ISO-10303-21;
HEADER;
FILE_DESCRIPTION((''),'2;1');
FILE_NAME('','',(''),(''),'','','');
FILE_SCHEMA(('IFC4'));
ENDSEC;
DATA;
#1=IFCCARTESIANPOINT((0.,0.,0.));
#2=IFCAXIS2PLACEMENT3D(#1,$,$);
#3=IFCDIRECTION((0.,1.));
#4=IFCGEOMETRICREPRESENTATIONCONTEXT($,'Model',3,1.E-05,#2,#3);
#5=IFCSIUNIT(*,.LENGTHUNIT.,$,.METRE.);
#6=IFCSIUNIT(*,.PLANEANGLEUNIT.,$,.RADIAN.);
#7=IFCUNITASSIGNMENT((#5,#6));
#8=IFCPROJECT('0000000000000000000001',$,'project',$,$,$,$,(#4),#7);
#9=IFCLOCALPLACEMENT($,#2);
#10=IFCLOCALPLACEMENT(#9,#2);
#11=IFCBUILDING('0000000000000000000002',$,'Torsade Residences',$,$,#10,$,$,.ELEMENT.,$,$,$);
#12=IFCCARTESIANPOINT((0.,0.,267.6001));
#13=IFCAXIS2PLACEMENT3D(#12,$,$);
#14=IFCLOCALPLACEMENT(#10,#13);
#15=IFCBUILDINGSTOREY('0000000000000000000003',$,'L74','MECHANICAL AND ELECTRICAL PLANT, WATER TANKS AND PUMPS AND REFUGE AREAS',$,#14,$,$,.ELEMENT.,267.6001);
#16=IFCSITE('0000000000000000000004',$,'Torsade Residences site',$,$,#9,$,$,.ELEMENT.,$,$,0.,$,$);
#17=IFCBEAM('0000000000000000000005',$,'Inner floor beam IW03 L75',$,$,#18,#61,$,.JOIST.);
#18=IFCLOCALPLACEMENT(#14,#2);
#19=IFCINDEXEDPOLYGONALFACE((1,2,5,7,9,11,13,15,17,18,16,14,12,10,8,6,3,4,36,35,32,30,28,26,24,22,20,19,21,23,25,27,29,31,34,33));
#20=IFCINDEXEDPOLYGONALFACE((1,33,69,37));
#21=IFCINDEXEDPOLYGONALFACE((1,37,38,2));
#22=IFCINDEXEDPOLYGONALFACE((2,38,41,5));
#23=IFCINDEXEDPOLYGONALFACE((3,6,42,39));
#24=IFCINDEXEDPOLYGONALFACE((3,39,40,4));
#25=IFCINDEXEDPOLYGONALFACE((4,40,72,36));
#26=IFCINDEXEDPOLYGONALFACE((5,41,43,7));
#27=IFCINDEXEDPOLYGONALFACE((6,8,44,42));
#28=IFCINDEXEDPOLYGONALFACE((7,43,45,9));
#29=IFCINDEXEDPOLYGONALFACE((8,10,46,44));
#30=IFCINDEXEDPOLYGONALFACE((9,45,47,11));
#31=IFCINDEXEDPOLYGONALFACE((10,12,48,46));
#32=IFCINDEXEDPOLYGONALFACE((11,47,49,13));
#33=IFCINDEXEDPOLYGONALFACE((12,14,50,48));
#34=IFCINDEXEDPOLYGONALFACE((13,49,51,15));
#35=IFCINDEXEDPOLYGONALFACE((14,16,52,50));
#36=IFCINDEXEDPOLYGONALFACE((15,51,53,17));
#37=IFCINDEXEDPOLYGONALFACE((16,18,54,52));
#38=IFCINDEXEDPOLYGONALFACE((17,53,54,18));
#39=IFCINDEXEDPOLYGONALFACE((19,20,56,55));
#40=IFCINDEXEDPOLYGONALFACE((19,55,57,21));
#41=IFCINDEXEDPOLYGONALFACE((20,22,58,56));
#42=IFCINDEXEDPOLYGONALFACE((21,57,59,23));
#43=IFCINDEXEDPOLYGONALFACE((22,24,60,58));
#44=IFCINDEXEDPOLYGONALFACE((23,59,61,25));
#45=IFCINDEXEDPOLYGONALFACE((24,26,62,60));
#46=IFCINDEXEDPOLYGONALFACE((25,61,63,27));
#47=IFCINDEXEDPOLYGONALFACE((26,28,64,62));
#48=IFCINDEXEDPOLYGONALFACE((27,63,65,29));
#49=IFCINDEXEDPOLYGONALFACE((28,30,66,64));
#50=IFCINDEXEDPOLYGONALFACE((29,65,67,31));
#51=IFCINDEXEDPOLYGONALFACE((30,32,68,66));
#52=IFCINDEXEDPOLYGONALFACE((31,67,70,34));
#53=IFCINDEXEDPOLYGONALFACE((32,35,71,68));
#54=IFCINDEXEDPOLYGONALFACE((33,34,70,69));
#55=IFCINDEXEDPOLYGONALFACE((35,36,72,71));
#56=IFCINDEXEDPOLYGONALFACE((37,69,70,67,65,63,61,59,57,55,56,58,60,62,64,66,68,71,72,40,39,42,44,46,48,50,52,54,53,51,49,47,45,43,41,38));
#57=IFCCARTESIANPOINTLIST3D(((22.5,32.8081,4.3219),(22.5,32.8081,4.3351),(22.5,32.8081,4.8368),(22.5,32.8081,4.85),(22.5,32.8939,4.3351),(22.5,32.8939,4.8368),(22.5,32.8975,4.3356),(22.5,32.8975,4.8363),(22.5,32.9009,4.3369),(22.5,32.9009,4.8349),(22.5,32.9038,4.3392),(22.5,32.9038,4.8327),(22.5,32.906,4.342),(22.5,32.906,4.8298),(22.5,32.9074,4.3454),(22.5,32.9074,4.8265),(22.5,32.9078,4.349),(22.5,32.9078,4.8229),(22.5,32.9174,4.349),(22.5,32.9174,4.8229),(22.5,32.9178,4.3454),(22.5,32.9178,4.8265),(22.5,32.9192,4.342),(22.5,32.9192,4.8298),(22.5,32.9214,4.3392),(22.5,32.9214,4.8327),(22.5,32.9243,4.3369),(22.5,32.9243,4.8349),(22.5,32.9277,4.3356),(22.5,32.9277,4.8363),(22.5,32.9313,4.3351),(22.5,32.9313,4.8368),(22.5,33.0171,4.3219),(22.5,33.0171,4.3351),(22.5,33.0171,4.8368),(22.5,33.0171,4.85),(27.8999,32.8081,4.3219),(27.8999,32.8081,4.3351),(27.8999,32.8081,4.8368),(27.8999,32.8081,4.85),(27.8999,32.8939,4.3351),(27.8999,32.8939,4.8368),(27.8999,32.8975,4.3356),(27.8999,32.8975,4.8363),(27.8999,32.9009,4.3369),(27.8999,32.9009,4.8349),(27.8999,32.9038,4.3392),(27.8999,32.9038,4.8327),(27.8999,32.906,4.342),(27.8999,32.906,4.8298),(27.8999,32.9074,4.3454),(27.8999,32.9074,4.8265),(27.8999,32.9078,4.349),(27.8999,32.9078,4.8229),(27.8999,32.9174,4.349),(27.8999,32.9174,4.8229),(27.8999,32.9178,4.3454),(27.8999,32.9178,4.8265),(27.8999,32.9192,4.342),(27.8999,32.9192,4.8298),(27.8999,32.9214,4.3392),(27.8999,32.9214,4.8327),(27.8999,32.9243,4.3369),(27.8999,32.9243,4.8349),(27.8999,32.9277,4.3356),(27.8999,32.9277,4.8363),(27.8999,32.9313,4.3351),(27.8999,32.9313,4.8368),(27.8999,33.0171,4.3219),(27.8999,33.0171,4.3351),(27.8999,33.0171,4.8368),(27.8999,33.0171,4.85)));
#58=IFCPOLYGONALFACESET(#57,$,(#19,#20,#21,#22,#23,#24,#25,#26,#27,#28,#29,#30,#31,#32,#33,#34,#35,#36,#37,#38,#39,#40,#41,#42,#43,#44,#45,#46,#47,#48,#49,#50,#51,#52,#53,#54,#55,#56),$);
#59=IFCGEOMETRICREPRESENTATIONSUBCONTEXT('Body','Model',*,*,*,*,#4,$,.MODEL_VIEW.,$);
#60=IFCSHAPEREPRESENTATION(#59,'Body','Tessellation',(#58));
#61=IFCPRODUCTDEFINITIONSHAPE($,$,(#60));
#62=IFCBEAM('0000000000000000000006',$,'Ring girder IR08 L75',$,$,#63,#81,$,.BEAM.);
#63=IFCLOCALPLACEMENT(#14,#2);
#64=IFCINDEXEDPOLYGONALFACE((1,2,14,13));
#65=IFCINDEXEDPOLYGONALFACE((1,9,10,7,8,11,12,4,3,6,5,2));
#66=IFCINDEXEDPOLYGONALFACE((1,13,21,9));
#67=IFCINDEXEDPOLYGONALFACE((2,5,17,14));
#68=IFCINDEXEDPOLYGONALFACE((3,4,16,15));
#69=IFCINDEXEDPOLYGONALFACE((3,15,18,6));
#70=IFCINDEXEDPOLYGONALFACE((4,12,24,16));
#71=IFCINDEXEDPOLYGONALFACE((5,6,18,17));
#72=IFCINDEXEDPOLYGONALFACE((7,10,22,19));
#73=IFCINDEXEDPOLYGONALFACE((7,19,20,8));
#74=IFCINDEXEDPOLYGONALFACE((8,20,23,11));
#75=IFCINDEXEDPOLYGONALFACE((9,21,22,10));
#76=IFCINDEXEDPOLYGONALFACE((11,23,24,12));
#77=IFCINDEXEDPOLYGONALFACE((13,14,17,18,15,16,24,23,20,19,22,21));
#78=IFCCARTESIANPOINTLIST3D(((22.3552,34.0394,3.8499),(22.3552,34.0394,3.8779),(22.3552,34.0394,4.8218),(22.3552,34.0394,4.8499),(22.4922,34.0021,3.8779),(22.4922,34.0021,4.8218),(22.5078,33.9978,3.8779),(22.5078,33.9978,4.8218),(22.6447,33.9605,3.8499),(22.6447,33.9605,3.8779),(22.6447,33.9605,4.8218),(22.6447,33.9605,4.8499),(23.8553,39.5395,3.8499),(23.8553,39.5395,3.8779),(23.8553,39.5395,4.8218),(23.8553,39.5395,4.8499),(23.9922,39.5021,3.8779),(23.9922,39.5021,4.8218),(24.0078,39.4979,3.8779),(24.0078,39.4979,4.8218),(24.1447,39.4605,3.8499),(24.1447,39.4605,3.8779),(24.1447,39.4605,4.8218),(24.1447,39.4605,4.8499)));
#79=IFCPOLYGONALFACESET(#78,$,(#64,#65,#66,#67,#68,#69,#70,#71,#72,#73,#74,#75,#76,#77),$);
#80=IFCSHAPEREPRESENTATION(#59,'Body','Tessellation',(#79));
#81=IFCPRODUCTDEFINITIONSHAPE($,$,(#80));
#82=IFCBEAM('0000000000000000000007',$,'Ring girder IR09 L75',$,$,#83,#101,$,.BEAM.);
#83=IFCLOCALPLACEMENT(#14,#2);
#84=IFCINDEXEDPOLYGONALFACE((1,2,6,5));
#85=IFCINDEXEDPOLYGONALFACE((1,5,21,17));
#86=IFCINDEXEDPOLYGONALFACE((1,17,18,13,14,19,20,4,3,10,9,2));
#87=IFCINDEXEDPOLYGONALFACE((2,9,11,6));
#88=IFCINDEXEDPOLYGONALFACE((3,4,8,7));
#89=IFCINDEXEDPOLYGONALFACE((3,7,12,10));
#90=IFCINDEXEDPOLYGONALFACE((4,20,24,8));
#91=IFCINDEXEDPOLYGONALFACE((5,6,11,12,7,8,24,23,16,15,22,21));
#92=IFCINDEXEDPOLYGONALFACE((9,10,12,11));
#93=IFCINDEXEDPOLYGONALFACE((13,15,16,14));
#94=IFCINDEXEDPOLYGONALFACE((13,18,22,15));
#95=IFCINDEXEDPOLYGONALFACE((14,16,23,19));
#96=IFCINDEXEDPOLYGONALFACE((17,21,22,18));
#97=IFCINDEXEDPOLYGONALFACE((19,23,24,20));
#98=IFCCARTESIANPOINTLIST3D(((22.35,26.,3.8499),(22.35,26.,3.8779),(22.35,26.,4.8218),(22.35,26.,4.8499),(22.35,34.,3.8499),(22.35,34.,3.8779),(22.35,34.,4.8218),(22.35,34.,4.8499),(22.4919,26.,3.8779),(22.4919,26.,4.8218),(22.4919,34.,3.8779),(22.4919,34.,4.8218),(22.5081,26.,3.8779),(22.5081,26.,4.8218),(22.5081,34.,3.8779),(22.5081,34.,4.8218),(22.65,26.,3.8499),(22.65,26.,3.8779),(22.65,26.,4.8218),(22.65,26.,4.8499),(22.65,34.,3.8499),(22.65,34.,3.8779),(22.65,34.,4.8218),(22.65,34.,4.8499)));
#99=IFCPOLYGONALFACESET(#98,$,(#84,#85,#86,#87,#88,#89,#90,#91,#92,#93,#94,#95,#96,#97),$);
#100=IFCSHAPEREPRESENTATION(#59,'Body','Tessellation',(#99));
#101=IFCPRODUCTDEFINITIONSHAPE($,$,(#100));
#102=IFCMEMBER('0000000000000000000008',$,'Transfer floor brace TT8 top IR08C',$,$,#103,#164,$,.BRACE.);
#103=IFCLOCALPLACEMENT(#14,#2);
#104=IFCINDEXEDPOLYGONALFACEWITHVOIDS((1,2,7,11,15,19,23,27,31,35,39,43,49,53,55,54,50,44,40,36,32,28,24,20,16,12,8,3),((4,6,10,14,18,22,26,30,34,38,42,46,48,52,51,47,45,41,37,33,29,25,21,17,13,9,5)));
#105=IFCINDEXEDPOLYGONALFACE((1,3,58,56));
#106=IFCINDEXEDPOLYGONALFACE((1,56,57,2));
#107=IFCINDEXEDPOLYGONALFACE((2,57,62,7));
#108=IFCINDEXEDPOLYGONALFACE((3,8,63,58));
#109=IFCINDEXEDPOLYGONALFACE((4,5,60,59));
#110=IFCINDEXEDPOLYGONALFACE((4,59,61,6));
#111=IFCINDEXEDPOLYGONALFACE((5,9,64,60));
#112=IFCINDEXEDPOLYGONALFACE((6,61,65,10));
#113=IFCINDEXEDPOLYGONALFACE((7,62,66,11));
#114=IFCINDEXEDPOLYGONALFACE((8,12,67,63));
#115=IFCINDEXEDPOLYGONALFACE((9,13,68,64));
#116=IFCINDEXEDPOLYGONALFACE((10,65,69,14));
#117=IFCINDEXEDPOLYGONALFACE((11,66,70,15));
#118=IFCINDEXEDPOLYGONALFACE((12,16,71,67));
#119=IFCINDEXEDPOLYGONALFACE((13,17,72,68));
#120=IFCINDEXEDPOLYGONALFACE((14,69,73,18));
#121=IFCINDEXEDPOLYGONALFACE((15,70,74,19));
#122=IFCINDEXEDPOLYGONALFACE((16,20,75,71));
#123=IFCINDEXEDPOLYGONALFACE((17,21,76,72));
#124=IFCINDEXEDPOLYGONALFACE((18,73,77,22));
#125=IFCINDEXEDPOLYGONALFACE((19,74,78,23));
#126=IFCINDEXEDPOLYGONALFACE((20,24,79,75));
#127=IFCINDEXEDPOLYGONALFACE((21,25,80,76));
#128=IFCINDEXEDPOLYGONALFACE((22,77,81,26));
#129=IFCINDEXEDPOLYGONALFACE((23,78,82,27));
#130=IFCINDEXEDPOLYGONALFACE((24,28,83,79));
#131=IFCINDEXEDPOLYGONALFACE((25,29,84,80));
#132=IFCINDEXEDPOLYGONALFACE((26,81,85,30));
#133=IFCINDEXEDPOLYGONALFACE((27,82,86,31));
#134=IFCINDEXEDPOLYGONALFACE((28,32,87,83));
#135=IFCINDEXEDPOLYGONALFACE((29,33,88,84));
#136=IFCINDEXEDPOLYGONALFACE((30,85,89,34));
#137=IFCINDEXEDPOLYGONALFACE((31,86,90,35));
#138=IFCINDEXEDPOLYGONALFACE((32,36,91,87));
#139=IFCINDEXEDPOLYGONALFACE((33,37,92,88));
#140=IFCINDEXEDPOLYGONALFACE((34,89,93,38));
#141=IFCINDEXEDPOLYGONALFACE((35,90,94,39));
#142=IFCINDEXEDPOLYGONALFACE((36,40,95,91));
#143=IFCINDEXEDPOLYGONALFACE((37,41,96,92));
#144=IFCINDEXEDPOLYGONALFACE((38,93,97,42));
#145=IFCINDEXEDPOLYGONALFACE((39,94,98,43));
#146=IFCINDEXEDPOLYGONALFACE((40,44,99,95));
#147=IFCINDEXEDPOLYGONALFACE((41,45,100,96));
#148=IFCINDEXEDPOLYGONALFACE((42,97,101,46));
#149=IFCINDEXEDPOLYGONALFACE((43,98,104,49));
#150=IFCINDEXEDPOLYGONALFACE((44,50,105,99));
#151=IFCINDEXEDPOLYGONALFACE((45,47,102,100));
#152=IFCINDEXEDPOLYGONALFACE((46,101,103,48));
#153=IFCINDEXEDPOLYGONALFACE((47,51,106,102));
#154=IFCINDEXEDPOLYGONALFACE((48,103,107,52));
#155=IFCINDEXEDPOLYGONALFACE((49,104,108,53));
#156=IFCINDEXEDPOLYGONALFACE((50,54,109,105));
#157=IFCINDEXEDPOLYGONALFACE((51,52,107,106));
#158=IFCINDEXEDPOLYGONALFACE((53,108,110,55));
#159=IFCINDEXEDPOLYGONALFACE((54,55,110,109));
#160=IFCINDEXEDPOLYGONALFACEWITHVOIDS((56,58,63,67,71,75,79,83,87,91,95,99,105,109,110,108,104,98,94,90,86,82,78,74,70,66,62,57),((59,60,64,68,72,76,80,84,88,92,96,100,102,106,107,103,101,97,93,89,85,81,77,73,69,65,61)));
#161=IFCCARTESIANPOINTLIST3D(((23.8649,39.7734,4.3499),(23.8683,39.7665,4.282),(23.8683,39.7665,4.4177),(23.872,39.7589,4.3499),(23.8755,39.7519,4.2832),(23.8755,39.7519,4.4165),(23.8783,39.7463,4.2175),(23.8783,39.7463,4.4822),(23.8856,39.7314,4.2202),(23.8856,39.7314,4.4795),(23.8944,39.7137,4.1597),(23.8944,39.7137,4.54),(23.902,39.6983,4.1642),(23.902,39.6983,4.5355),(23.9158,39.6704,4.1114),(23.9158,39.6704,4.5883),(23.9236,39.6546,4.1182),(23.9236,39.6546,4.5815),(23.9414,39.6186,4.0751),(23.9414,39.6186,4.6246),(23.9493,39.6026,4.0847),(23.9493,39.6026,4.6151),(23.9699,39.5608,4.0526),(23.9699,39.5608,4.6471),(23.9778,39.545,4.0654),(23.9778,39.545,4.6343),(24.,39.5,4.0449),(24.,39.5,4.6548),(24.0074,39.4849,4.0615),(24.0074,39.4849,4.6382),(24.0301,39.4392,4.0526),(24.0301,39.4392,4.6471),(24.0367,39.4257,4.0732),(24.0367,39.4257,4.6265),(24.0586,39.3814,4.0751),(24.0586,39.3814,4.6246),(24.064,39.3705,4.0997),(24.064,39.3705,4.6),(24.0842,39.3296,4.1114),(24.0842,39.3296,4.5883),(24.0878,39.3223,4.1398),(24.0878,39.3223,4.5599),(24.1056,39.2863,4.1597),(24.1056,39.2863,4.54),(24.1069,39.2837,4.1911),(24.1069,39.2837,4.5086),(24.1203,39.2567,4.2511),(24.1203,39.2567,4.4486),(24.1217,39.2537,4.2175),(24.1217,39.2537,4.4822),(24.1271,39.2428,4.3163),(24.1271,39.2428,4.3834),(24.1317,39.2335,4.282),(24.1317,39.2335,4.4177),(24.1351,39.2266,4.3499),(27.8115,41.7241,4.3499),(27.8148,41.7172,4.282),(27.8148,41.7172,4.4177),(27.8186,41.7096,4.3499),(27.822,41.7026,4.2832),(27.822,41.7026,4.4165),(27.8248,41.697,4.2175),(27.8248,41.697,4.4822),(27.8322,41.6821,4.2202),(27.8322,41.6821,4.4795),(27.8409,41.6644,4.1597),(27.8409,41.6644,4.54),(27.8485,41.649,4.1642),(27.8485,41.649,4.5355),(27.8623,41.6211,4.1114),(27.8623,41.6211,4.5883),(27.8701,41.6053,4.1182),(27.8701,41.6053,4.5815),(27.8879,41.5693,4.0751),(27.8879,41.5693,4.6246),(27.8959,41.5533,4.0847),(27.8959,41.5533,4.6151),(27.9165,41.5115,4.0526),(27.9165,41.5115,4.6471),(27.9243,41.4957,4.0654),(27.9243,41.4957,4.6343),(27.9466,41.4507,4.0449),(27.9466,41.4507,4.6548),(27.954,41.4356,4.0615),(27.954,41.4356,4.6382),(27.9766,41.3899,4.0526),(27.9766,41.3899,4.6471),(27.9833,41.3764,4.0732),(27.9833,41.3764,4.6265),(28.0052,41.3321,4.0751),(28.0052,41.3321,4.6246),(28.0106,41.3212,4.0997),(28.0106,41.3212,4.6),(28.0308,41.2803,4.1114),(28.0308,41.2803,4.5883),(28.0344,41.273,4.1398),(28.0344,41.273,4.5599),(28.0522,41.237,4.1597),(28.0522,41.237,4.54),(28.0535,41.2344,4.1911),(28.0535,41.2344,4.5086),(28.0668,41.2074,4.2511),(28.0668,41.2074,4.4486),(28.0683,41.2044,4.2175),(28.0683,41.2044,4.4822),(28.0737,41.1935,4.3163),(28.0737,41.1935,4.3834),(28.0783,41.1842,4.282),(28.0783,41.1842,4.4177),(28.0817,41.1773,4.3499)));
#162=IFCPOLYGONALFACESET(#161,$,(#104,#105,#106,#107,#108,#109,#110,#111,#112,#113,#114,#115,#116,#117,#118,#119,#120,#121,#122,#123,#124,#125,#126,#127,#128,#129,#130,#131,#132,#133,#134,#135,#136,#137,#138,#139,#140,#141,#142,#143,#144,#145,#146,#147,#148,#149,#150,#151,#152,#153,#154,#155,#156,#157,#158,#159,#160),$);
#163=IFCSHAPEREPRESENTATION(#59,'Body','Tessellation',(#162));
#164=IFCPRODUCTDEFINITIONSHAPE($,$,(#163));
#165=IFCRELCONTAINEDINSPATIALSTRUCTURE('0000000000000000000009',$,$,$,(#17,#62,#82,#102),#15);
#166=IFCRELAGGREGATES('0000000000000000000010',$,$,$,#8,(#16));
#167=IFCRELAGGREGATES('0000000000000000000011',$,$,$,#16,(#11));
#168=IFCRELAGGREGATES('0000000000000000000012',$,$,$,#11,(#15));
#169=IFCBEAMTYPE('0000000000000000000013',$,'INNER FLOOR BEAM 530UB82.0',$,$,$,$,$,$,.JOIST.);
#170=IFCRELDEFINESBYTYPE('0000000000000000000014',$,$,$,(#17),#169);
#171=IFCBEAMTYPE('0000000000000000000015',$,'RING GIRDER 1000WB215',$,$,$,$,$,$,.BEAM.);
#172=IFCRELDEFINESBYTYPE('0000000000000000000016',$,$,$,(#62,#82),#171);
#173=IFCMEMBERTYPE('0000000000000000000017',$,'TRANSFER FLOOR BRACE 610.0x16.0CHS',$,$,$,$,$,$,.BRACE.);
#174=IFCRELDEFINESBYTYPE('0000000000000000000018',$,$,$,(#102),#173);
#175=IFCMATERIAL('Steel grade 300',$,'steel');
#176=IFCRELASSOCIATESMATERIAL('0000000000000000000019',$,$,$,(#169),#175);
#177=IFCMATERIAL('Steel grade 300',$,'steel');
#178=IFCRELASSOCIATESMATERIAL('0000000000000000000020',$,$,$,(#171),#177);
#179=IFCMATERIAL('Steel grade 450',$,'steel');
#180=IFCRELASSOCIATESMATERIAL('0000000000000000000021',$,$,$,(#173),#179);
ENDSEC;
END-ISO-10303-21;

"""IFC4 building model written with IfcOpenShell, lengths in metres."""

from ifc_helpers import new_model, si_unit, direction, frame, origin, origin_2d, place, context, subcontext, project, spatial, hollow_circle, i_section, extrude, material, material_profile, profile_set, type_object, element, save


model = new_model("IFC4")

# Units and contexts
model_context = context("Model", 3, precision=1e-05, world=origin(), true_north=direction((0.0, 1.0)))
body_context = subcontext(model_context, "Body", "Model", "MODEL_VIEW")
ifc_project = project(units=[si_unit("LENGTHUNIT", "METRE"), si_unit("PLANEANGLEUNIT", "RADIAN")], contexts=[model_context])

# Site, building, storey
site_placement = place(None, origin())
site = spatial("IfcSite", under=ifc_project, at=site_placement, Name="Torsade Residences site", CompositionType="ELEMENT", RefElevation=0.0)
building_placement = place(site_placement, origin())
building = spatial("IfcBuilding", under=site, at=building_placement, Name="Torsade Residences", CompositionType="ELEMENT")
storey_placement = place(building_placement, frame((0.0, 0.0, 267.6001)))
storey = spatial("IfcBuildingStorey", under=building, at=storey_placement, Name="L74", Description="MECHANICAL AND ELECTRICAL PLANT, WATER TANKS AND PUMPS AND REFUGE AREAS", CompositionType="ELEMENT", Elevation=267.6001)

# Beams
ifc_material_1 = material(Name="Steel grade 300", Category="steel")
ifc_material_profile_1 = material_profile(ifc_material_1, i_section(OverallWidth=0.209, OverallDepth=0.5281, WebThickness=0.0095, FlangeThickness=0.0132, FilletRadius=0.0139, at=origin_2d()), Name="530UB82.0")
ifc_profile_set_1 = profile_set([ifc_material_profile_1], Name="Steel grade 300")
beam_type_1 = type_object("IfcBeamType", Name="INNER FLOOR BEAM 530UB82.0", PredefinedType="JOIST", material=ifc_profile_set_1)
beam_1_placement = place(storey_placement, frame((27.8999, 32.9126, 4.5859), z_axis=(-1.0, 0.0, 0.0), x_axis=(0.0, -1.0, 0.0)))
element("IfcBeam", 1, at=beam_1_placement, inside=storey, type_object=beam_type_1, Name="Inner floor beam IW03 L75", PredefinedType="JOIST", context=body_context, shape_type="SweptSolid", body=[
    extrude(i_section(OverallWidth=0.209, OverallDepth=0.5281, WebThickness=0.0095, FlangeThickness=0.0132, FilletRadius=0.0139, at=origin_2d()), origin(), (0.0, 0.0, 1.0), 5.3999),
])
ifc_material_2 = material(Name="Steel grade 300", Category="steel")
ifc_material_profile_2 = material_profile(ifc_material_2, i_section(OverallWidth=0.3, OverallDepth=1.0, WebThickness=0.0161, FlangeThickness=0.0281, at=origin_2d()), Name="1000WB215")
ifc_profile_set_2 = profile_set([ifc_material_profile_2], Name="Steel grade 300")
beam_type_2 = type_object("IfcBeamType", Name="RING GIRDER 1000WB215", PredefinedType="BEAM", material=ifc_profile_set_2)
beam_2_placement = place(storey_placement, frame((24.0, 39.5, 4.3499), z_axis=(-0.263117, -0.964764, 0.0), x_axis=(0.964764, -0.263117, 0.0)))
element("IfcBeam", 2, at=beam_2_placement, inside=storey, type_object=beam_type_2, Name="Ring girder IR08 L75", PredefinedType="BEAM", context=body_context, shape_type="SweptSolid", body=[
    extrude(i_section(OverallWidth=0.3, OverallDepth=1.0, WebThickness=0.0161, FlangeThickness=0.0281, at=origin_2d()), origin(), (0.0, 0.0, 1.0), 5.7009),
])
beam_3_placement = place(storey_placement, frame((22.5, 34.0, 4.3499), z_axis=(0.0, -1.0, 0.0), x_axis=(1.0, 0.0, 0.0)))
element("IfcBeam", 3, at=beam_3_placement, inside=storey, type_object=beam_type_2, Name="Ring girder IR09 L75", PredefinedType="BEAM", context=body_context, shape_type="SweptSolid", body=[
    extrude(i_section(OverallWidth=0.3, OverallDepth=1.0, WebThickness=0.0161, FlangeThickness=0.0281, at=origin_2d()), origin(), (0.0, 0.0, 1.0), 8.0),
])

# Member
ifc_material_3 = material(Name="Steel grade 450", Category="steel")
ifc_material_profile_3 = material_profile(ifc_material_3, hollow_circle(Radius=0.3049, WallThickness=0.0161, at=origin_2d()), Name="610.0x16.0CHS")
ifc_profile_set_3 = profile_set([ifc_material_profile_3], Name="Steel grade 450")
member_type_1 = type_object("IfcMemberType", Name="TRANSFER FLOOR BRACE 610.0x16.0CHS", PredefinedType="BRACE", material=ifc_profile_set_3)
member_1_placement = place(storey_placement, frame((24.0, 39.5, 4.3499), z_axis=(0.89647, 0.443105, 0.0), x_axis=(-0.443105, 0.89647, 0.0)))
element("IfcMember", 4, at=member_1_placement, inside=storey, type_object=member_type_1, Name="Transfer floor brace TT8 top IR08C", PredefinedType="BRACE", context=body_context, shape_type="SweptSolid", body=[
    extrude(hollow_circle(Radius=0.3049, WallThickness=0.0161, at=origin_2d()), origin(), (0.0, 0.0, 1.0), 4.4023),
])

save(model, "model.ifc")
